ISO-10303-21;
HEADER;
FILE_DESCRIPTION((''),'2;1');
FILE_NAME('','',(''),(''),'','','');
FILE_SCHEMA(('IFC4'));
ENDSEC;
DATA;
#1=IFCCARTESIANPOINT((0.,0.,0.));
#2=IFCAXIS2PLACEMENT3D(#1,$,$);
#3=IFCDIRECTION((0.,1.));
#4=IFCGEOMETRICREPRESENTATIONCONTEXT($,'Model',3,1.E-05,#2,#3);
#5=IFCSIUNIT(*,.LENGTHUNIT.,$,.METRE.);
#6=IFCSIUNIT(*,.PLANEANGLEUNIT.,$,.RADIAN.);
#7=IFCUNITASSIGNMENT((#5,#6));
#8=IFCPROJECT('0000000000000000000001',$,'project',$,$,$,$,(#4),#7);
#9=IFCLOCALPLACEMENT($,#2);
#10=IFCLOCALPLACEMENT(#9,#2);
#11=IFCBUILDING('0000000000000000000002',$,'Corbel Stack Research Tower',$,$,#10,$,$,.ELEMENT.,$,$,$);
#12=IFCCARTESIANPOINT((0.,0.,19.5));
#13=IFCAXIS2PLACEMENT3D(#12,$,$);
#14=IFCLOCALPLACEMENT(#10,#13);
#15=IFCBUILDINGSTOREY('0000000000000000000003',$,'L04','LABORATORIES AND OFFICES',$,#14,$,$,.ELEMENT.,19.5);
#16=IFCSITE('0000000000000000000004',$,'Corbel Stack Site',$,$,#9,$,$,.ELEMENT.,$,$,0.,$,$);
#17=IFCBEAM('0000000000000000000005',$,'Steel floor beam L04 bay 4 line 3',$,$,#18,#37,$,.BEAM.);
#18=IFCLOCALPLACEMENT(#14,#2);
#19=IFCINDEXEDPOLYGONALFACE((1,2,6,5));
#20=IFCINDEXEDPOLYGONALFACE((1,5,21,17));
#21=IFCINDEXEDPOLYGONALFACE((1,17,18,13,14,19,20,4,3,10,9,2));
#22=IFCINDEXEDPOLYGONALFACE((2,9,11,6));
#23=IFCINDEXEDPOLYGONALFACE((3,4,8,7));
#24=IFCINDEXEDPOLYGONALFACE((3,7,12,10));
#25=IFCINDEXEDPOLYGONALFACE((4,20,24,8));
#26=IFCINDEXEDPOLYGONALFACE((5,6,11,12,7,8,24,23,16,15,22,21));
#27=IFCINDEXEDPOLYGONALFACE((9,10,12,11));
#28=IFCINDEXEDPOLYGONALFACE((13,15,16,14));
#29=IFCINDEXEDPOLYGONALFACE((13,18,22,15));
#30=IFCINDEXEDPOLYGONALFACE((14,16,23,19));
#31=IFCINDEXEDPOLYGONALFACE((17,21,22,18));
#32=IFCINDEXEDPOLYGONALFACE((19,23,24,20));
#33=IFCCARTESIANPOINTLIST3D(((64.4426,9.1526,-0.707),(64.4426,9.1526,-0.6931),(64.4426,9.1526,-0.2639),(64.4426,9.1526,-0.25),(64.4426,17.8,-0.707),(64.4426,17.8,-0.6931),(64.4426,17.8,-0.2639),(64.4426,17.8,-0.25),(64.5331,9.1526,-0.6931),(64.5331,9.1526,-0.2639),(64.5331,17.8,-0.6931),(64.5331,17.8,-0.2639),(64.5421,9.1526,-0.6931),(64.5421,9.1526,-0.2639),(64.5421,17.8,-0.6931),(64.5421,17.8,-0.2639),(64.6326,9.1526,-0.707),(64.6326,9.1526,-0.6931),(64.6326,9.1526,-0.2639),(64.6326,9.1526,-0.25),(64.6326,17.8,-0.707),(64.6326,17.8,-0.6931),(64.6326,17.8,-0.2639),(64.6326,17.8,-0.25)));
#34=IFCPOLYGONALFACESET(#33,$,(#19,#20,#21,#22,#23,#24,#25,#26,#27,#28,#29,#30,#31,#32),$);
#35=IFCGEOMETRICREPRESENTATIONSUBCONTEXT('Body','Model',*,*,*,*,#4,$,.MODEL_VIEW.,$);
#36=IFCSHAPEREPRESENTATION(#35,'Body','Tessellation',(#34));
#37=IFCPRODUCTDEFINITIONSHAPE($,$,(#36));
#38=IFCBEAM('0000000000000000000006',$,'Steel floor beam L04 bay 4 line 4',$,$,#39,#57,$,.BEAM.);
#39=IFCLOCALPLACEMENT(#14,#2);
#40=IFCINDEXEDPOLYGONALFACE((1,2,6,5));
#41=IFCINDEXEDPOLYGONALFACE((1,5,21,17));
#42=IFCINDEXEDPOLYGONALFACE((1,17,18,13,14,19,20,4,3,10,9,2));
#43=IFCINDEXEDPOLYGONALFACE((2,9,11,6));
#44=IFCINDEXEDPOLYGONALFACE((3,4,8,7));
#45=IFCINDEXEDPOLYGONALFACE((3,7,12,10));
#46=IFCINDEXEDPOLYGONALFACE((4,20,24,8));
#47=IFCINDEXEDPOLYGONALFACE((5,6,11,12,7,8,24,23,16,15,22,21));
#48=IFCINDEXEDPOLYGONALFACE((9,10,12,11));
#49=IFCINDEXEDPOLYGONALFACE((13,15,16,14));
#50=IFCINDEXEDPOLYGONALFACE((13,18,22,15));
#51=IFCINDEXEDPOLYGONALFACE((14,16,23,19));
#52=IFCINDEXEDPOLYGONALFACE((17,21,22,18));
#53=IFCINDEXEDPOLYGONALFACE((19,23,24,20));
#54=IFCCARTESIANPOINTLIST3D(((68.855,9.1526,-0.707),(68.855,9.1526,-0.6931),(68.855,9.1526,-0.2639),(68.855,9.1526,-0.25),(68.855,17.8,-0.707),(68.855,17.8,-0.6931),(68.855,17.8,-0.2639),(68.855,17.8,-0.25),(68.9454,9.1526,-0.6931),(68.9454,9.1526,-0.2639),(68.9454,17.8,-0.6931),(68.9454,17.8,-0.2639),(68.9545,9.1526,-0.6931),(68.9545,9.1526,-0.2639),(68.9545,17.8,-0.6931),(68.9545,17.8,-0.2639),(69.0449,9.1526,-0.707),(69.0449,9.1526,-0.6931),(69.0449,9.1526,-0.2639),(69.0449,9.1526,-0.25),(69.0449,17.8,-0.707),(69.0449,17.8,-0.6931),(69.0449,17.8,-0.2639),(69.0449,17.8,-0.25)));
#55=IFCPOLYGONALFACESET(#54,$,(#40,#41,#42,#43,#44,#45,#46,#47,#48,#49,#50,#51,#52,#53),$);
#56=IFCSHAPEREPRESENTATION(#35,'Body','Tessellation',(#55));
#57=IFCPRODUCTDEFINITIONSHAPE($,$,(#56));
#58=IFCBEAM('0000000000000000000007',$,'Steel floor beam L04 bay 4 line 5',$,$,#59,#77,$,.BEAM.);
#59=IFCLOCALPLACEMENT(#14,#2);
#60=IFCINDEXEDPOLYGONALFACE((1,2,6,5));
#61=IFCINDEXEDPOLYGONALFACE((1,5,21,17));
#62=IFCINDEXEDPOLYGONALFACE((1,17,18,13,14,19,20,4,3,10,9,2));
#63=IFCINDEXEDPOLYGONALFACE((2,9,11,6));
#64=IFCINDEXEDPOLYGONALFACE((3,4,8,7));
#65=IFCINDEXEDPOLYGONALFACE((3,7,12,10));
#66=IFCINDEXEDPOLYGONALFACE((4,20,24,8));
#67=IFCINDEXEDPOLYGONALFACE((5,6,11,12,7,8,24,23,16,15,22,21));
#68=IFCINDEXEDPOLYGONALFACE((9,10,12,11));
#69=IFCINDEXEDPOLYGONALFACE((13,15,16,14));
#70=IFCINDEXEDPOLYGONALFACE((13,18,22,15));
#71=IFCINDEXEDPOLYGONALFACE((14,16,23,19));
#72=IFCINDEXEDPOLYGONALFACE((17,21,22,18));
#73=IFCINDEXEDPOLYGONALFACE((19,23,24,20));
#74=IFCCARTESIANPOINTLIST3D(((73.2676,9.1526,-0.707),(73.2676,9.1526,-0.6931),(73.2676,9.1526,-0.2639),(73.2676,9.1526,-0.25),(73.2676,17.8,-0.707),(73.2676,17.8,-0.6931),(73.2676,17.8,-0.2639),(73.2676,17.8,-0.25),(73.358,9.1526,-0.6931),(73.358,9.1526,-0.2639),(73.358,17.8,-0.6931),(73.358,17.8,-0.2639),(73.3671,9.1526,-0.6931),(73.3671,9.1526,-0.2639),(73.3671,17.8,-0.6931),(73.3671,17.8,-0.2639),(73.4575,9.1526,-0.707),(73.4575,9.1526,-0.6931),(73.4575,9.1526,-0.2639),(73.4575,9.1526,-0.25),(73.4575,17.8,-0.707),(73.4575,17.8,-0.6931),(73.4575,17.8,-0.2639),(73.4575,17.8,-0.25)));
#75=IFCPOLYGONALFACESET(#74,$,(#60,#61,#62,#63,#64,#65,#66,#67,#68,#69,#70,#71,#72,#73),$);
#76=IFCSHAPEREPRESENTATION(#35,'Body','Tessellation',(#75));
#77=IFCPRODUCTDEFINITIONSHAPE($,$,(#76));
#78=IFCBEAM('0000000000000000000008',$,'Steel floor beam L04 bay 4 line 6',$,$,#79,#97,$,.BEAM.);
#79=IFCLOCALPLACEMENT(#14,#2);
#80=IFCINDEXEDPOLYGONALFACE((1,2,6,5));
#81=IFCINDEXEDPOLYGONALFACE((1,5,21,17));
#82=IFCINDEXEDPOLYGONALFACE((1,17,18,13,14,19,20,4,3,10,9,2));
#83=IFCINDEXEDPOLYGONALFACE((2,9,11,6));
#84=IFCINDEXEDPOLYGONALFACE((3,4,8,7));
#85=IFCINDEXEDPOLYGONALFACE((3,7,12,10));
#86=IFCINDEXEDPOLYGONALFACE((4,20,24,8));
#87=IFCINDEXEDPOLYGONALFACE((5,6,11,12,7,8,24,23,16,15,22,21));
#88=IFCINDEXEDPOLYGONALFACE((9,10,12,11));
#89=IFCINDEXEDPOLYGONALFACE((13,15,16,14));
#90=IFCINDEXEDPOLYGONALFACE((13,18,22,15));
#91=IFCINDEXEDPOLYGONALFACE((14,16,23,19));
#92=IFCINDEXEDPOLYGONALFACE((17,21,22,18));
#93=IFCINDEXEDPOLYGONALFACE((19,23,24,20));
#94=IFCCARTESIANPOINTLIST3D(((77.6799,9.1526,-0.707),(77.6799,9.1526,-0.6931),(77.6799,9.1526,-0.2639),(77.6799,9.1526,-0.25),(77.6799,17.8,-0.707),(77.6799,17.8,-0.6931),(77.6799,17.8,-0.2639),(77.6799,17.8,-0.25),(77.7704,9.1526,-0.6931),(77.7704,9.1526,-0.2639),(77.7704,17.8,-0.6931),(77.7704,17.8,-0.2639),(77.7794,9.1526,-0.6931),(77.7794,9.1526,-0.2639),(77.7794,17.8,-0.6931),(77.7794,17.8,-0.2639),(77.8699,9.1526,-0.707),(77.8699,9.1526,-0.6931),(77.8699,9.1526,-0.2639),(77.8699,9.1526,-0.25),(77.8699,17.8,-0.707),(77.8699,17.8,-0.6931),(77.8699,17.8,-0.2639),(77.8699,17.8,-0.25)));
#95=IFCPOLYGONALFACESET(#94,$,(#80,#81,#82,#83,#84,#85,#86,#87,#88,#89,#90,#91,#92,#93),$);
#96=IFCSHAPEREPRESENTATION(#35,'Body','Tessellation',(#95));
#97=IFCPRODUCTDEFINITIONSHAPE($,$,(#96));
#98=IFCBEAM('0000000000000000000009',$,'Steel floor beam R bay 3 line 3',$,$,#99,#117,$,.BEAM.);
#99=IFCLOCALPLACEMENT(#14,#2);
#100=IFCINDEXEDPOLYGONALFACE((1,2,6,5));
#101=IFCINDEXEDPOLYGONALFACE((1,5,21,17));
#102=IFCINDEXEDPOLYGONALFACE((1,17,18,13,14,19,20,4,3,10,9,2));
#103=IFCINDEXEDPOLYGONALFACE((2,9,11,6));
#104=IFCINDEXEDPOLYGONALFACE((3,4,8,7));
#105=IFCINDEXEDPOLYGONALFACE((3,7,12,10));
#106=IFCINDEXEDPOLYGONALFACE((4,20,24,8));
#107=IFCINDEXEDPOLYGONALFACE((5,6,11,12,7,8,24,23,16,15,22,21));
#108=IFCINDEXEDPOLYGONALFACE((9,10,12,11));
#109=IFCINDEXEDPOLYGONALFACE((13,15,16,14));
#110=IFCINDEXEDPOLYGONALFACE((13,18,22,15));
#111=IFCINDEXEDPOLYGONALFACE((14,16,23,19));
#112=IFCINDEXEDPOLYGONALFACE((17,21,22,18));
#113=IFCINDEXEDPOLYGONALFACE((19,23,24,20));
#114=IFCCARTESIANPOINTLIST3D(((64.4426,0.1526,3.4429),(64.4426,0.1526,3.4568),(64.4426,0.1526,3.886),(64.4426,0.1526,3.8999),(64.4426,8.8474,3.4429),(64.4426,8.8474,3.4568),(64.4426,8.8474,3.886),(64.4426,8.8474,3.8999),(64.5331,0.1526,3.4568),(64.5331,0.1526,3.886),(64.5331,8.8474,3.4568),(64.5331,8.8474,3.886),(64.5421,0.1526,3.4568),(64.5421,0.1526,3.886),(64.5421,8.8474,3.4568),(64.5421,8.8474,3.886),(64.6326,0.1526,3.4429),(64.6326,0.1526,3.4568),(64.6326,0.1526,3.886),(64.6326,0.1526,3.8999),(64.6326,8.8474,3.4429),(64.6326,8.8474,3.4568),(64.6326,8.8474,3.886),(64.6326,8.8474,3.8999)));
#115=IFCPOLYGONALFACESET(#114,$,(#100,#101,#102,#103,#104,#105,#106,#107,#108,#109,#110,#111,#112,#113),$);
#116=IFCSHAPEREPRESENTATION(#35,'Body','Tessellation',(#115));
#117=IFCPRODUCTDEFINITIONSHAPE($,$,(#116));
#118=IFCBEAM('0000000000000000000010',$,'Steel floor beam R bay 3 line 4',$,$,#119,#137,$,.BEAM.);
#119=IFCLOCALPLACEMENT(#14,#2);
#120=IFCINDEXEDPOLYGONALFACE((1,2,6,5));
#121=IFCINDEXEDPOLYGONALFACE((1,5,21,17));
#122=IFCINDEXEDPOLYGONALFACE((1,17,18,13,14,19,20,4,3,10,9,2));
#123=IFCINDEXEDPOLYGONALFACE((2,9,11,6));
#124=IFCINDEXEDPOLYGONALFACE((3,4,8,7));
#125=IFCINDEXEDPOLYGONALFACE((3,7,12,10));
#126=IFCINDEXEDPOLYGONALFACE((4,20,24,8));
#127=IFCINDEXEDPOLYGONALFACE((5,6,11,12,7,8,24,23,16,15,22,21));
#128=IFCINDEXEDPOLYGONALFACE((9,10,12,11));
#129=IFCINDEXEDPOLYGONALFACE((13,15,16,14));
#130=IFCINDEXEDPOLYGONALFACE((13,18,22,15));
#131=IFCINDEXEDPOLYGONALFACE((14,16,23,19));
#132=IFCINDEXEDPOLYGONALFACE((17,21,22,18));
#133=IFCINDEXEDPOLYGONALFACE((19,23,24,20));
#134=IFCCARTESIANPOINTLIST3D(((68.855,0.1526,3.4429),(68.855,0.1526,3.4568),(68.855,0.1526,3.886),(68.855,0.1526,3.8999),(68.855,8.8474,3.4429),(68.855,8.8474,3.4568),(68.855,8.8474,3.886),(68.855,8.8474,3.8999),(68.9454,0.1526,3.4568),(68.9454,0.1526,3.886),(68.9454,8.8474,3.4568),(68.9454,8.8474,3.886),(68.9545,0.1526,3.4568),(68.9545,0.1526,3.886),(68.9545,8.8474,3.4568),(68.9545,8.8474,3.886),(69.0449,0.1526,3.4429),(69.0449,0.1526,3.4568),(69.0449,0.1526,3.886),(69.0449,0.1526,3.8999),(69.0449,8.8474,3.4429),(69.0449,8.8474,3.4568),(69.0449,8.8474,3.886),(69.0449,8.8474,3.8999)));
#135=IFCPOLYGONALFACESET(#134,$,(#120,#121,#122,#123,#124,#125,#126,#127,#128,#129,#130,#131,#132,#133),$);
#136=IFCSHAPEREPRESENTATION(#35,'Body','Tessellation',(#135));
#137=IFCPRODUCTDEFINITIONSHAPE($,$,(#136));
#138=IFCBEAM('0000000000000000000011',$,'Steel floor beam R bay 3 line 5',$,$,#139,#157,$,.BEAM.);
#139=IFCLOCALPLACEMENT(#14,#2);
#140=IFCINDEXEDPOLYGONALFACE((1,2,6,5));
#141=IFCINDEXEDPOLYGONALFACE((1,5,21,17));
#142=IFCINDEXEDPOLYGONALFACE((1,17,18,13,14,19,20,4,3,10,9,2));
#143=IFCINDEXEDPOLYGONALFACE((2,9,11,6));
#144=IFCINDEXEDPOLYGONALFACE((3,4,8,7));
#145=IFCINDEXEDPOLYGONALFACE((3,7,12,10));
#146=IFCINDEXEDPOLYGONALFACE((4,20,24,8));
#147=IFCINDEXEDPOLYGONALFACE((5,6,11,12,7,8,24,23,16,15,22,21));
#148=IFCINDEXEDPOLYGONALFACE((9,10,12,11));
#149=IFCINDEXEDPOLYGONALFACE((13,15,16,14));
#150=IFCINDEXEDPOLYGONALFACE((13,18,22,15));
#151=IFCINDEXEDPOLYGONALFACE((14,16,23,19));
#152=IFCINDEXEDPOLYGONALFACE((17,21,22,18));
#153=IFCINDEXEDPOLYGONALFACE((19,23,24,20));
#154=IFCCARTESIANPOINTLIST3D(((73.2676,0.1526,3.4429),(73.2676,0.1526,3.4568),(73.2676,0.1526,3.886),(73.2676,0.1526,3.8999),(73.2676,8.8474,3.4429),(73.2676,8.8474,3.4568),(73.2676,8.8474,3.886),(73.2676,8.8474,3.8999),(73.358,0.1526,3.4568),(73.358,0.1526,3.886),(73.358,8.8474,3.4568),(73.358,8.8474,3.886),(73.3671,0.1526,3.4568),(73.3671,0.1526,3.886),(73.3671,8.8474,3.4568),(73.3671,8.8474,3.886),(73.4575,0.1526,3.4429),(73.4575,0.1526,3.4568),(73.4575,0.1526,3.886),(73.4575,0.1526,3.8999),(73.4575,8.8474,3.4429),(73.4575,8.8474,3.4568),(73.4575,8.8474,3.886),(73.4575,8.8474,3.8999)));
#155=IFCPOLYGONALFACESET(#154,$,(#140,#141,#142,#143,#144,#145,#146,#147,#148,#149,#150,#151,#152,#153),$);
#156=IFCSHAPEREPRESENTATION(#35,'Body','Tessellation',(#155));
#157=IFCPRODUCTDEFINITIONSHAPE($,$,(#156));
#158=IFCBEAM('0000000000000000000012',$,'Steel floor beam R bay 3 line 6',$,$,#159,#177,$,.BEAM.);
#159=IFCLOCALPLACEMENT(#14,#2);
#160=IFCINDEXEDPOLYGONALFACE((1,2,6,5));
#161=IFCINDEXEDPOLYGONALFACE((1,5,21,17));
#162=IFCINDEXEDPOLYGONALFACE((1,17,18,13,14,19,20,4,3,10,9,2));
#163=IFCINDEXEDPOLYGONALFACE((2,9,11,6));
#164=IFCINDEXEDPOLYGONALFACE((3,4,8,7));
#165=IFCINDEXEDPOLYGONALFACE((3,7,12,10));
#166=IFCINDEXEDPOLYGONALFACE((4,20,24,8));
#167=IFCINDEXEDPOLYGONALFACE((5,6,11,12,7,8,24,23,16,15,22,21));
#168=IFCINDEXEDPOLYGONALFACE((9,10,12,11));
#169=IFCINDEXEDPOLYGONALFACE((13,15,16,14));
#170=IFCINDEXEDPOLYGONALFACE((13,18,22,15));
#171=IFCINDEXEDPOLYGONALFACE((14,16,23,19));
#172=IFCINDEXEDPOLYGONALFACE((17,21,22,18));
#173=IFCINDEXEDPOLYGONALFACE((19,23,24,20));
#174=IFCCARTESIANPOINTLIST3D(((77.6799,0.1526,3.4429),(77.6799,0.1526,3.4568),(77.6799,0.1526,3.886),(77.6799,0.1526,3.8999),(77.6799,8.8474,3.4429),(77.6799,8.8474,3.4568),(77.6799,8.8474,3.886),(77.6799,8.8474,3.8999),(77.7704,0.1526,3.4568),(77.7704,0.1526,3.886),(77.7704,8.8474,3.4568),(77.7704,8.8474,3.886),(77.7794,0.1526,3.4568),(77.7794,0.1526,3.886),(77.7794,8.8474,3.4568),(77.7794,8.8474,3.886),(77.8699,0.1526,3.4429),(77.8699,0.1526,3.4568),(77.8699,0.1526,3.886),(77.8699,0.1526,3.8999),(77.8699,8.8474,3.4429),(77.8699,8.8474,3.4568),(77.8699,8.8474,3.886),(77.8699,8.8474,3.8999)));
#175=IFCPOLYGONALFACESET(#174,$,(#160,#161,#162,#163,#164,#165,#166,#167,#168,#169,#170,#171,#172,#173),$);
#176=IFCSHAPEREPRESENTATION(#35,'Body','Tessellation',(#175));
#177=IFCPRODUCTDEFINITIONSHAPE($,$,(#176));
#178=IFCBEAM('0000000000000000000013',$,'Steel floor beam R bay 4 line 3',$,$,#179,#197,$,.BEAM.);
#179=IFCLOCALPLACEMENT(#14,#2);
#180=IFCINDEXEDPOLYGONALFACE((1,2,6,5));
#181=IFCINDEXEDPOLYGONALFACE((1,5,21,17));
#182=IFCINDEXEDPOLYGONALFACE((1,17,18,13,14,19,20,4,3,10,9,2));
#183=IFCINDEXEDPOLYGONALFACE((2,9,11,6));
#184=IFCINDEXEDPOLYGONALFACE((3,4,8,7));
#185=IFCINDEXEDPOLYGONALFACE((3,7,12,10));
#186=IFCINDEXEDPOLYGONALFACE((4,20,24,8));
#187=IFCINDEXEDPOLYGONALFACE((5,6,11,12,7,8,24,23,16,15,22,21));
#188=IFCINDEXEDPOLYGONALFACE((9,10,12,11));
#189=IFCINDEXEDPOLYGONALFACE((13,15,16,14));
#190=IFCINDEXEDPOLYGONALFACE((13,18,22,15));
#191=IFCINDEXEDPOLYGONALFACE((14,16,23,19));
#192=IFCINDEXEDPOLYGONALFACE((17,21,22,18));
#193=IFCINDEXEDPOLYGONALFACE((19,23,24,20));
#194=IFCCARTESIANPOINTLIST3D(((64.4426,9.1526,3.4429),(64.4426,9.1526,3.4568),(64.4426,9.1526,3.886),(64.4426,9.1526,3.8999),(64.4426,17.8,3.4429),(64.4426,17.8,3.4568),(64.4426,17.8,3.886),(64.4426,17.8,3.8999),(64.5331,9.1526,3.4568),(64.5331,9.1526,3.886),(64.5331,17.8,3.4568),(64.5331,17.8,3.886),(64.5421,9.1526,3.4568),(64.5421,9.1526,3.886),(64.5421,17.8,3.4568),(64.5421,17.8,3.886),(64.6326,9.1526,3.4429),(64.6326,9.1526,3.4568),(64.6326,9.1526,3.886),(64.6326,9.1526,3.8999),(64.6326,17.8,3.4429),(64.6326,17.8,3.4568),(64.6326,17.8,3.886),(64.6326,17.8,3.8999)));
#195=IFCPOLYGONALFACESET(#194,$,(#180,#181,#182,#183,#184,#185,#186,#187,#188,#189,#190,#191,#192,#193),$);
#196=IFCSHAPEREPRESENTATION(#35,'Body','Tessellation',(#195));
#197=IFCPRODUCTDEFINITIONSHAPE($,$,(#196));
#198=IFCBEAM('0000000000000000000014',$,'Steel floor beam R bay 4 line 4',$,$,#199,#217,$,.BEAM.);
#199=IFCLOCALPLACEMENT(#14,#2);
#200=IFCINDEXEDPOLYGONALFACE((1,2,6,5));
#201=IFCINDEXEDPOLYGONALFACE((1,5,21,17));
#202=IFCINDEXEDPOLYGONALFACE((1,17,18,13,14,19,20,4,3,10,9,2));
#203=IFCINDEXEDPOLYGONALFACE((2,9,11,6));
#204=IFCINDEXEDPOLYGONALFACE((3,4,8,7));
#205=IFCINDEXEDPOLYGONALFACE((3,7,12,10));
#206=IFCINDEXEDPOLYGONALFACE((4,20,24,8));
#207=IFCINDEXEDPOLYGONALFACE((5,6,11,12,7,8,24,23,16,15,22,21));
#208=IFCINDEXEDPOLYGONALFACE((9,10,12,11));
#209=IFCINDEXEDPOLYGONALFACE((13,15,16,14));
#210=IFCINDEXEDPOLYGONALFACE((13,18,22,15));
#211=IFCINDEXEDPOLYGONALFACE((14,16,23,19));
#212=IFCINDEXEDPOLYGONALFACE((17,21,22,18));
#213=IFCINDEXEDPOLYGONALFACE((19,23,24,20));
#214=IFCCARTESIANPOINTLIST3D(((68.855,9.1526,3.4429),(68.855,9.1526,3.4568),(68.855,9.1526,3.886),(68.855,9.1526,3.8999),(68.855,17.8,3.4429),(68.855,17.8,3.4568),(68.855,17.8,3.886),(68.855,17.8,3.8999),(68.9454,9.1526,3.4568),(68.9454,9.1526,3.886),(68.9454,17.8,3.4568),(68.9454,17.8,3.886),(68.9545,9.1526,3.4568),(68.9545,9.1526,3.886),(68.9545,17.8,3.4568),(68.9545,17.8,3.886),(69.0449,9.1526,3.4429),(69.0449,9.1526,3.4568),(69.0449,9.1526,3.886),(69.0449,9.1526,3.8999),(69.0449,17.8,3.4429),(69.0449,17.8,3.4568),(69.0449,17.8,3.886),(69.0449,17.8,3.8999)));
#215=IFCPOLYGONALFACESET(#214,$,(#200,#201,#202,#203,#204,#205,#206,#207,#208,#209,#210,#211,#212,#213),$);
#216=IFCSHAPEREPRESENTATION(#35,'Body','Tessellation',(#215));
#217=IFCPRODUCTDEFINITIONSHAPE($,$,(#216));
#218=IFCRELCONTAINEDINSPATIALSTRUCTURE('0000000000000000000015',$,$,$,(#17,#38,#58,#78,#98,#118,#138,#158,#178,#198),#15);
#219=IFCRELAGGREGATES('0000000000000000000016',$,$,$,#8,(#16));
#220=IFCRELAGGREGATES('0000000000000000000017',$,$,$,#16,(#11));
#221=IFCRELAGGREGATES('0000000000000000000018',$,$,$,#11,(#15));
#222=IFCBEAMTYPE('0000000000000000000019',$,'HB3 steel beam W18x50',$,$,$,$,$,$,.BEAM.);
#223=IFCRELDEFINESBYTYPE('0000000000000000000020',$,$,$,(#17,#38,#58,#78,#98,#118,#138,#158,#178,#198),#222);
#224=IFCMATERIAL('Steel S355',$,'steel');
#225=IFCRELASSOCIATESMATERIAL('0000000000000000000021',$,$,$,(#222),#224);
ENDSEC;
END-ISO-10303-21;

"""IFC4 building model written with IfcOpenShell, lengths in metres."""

from ifc_helpers import new_model, si_unit, direction, frame, origin, origin_2d, place, context, subcontext, project, spatial, i_section, extrude, material, material_profile, profile_set, type_object, element, save


model = new_model("IFC4")

# Units and contexts
model_context = context("Model", 3, precision=1e-05, world=origin(), true_north=direction((0.0, 1.0)))
body_context = subcontext(model_context, "Body", "Model", "MODEL_VIEW")
ifc_project = project(units=[si_unit("LENGTHUNIT", "METRE"), si_unit("PLANEANGLEUNIT", "RADIAN")], contexts=[model_context])

# Site, building, storey
site_placement = place(None, origin())
site = spatial("IfcSite", under=ifc_project, at=site_placement, Name="Corbel Stack Site", CompositionType="ELEMENT", RefElevation=0.0)
building_placement = place(site_placement, origin())
building = spatial("IfcBuilding", under=site, at=building_placement, Name="Corbel Stack Research Tower", CompositionType="ELEMENT")
storey_placement = place(building_placement, frame((0.0, 0.0, 19.5)))
storey = spatial("IfcBuildingStorey", under=building, at=storey_placement, Name="L04", Description="LABORATORIES AND OFFICES", CompositionType="ELEMENT", Elevation=19.5)

# Beams
ifc_material_1 = material(Name="Steel S355", Category="steel")
ifc_material_profile_1 = material_profile(ifc_material_1, i_section(OverallWidth=0.1899, OverallDepth=0.457, WebThickness=0.009, FlangeThickness=0.0139, at=origin_2d()), Name="W18x50")
ifc_profile_set_1 = profile_set([ifc_material_profile_1], Name="Steel S355")
beam_type_1 = type_object("IfcBeamType", Name="HB3 steel beam W18x50", PredefinedType="BEAM", material=ifc_profile_set_1)
for number, where, z_axis, x_axis, name in (
    (1, (64.5376, 9.1526, -0.4785), (0.0, 1.0, 0.0), (-1.0, 0.0, 0.0), "Steel floor beam L04 bay 4 line 3"),
    (2, (68.95, 9.1526, -0.4785), (0.0, 1.0, 0.0), (-1.0, 0.0, 0.0), "Steel floor beam L04 bay 4 line 4"),
    (3, (73.3625, 9.1526, -0.4785), (0.0, 1.0, 0.0), (-1.0, 0.0, 0.0), "Steel floor beam L04 bay 4 line 5"),
    (4, (77.7749, 9.1526, -0.4785), (0.0, 1.0, 0.0), (-1.0, 0.0, 0.0), "Steel floor beam L04 bay 4 line 6"),
):
    element("IfcBeam", number, at=place(storey_placement, frame(where, z_axis=z_axis, x_axis=x_axis)), inside=storey, type_object=beam_type_1, Name=name, PredefinedType="BEAM", context=body_context, shape_type="SweptSolid", body=[
        extrude(i_section(OverallWidth=0.1899, OverallDepth=0.457, WebThickness=0.009, FlangeThickness=0.0139, at=origin_2d()), origin(), (0.0, 0.0, 1.0), 8.6475),
    ])
for number, where, z_axis, x_axis, name in (
    (5, (64.5376, 0.1526, 3.6714), (0.0, 1.0, 0.0), (-1.0, 0.0, 0.0), "Steel floor beam R bay 3 line 3"),
    (6, (68.95, 0.1526, 3.6714), (0.0, 1.0, 0.0), (-1.0, 0.0, 0.0), "Steel floor beam R bay 3 line 4"),
    (7, (73.3625, 0.1526, 3.6714), (0.0, 1.0, 0.0), (-1.0, 0.0, 0.0), "Steel floor beam R bay 3 line 5"),
    (8, (77.7749, 0.1526, 3.6714), (0.0, 1.0, 0.0), (-1.0, 0.0, 0.0), "Steel floor beam R bay 3 line 6"),
):
    element("IfcBeam", number, at=place(storey_placement, frame(where, z_axis=z_axis, x_axis=x_axis)), inside=storey, type_object=beam_type_1, Name=name, PredefinedType="BEAM", context=body_context, shape_type="SweptSolid", body=[
        extrude(i_section(OverallWidth=0.1899, OverallDepth=0.457, WebThickness=0.009, FlangeThickness=0.0139, at=origin_2d()), origin(), (0.0, 0.0, 1.0), 8.6948),
    ])
for number, where, z_axis, x_axis, name in (
    (9, (64.5376, 9.1526, 3.6714), (0.0, 1.0, 0.0), (-1.0, 0.0, 0.0), "Steel floor beam R bay 4 line 3"),
    (10, (68.95, 9.1526, 3.6714), (0.0, 1.0, 0.0), (-1.0, 0.0, 0.0), "Steel floor beam R bay 4 line 4"),
):
    element("IfcBeam", number, at=place(storey_placement, frame(where, z_axis=z_axis, x_axis=x_axis)), inside=storey, type_object=beam_type_1, Name=name, PredefinedType="BEAM", context=body_context, shape_type="SweptSolid", body=[
        extrude(i_section(OverallWidth=0.1899, OverallDepth=0.457, WebThickness=0.009, FlangeThickness=0.0139, at=origin_2d()), origin(), (0.0, 0.0, 1.0), 8.6475),
    ])

save(model, "model.ifc")
